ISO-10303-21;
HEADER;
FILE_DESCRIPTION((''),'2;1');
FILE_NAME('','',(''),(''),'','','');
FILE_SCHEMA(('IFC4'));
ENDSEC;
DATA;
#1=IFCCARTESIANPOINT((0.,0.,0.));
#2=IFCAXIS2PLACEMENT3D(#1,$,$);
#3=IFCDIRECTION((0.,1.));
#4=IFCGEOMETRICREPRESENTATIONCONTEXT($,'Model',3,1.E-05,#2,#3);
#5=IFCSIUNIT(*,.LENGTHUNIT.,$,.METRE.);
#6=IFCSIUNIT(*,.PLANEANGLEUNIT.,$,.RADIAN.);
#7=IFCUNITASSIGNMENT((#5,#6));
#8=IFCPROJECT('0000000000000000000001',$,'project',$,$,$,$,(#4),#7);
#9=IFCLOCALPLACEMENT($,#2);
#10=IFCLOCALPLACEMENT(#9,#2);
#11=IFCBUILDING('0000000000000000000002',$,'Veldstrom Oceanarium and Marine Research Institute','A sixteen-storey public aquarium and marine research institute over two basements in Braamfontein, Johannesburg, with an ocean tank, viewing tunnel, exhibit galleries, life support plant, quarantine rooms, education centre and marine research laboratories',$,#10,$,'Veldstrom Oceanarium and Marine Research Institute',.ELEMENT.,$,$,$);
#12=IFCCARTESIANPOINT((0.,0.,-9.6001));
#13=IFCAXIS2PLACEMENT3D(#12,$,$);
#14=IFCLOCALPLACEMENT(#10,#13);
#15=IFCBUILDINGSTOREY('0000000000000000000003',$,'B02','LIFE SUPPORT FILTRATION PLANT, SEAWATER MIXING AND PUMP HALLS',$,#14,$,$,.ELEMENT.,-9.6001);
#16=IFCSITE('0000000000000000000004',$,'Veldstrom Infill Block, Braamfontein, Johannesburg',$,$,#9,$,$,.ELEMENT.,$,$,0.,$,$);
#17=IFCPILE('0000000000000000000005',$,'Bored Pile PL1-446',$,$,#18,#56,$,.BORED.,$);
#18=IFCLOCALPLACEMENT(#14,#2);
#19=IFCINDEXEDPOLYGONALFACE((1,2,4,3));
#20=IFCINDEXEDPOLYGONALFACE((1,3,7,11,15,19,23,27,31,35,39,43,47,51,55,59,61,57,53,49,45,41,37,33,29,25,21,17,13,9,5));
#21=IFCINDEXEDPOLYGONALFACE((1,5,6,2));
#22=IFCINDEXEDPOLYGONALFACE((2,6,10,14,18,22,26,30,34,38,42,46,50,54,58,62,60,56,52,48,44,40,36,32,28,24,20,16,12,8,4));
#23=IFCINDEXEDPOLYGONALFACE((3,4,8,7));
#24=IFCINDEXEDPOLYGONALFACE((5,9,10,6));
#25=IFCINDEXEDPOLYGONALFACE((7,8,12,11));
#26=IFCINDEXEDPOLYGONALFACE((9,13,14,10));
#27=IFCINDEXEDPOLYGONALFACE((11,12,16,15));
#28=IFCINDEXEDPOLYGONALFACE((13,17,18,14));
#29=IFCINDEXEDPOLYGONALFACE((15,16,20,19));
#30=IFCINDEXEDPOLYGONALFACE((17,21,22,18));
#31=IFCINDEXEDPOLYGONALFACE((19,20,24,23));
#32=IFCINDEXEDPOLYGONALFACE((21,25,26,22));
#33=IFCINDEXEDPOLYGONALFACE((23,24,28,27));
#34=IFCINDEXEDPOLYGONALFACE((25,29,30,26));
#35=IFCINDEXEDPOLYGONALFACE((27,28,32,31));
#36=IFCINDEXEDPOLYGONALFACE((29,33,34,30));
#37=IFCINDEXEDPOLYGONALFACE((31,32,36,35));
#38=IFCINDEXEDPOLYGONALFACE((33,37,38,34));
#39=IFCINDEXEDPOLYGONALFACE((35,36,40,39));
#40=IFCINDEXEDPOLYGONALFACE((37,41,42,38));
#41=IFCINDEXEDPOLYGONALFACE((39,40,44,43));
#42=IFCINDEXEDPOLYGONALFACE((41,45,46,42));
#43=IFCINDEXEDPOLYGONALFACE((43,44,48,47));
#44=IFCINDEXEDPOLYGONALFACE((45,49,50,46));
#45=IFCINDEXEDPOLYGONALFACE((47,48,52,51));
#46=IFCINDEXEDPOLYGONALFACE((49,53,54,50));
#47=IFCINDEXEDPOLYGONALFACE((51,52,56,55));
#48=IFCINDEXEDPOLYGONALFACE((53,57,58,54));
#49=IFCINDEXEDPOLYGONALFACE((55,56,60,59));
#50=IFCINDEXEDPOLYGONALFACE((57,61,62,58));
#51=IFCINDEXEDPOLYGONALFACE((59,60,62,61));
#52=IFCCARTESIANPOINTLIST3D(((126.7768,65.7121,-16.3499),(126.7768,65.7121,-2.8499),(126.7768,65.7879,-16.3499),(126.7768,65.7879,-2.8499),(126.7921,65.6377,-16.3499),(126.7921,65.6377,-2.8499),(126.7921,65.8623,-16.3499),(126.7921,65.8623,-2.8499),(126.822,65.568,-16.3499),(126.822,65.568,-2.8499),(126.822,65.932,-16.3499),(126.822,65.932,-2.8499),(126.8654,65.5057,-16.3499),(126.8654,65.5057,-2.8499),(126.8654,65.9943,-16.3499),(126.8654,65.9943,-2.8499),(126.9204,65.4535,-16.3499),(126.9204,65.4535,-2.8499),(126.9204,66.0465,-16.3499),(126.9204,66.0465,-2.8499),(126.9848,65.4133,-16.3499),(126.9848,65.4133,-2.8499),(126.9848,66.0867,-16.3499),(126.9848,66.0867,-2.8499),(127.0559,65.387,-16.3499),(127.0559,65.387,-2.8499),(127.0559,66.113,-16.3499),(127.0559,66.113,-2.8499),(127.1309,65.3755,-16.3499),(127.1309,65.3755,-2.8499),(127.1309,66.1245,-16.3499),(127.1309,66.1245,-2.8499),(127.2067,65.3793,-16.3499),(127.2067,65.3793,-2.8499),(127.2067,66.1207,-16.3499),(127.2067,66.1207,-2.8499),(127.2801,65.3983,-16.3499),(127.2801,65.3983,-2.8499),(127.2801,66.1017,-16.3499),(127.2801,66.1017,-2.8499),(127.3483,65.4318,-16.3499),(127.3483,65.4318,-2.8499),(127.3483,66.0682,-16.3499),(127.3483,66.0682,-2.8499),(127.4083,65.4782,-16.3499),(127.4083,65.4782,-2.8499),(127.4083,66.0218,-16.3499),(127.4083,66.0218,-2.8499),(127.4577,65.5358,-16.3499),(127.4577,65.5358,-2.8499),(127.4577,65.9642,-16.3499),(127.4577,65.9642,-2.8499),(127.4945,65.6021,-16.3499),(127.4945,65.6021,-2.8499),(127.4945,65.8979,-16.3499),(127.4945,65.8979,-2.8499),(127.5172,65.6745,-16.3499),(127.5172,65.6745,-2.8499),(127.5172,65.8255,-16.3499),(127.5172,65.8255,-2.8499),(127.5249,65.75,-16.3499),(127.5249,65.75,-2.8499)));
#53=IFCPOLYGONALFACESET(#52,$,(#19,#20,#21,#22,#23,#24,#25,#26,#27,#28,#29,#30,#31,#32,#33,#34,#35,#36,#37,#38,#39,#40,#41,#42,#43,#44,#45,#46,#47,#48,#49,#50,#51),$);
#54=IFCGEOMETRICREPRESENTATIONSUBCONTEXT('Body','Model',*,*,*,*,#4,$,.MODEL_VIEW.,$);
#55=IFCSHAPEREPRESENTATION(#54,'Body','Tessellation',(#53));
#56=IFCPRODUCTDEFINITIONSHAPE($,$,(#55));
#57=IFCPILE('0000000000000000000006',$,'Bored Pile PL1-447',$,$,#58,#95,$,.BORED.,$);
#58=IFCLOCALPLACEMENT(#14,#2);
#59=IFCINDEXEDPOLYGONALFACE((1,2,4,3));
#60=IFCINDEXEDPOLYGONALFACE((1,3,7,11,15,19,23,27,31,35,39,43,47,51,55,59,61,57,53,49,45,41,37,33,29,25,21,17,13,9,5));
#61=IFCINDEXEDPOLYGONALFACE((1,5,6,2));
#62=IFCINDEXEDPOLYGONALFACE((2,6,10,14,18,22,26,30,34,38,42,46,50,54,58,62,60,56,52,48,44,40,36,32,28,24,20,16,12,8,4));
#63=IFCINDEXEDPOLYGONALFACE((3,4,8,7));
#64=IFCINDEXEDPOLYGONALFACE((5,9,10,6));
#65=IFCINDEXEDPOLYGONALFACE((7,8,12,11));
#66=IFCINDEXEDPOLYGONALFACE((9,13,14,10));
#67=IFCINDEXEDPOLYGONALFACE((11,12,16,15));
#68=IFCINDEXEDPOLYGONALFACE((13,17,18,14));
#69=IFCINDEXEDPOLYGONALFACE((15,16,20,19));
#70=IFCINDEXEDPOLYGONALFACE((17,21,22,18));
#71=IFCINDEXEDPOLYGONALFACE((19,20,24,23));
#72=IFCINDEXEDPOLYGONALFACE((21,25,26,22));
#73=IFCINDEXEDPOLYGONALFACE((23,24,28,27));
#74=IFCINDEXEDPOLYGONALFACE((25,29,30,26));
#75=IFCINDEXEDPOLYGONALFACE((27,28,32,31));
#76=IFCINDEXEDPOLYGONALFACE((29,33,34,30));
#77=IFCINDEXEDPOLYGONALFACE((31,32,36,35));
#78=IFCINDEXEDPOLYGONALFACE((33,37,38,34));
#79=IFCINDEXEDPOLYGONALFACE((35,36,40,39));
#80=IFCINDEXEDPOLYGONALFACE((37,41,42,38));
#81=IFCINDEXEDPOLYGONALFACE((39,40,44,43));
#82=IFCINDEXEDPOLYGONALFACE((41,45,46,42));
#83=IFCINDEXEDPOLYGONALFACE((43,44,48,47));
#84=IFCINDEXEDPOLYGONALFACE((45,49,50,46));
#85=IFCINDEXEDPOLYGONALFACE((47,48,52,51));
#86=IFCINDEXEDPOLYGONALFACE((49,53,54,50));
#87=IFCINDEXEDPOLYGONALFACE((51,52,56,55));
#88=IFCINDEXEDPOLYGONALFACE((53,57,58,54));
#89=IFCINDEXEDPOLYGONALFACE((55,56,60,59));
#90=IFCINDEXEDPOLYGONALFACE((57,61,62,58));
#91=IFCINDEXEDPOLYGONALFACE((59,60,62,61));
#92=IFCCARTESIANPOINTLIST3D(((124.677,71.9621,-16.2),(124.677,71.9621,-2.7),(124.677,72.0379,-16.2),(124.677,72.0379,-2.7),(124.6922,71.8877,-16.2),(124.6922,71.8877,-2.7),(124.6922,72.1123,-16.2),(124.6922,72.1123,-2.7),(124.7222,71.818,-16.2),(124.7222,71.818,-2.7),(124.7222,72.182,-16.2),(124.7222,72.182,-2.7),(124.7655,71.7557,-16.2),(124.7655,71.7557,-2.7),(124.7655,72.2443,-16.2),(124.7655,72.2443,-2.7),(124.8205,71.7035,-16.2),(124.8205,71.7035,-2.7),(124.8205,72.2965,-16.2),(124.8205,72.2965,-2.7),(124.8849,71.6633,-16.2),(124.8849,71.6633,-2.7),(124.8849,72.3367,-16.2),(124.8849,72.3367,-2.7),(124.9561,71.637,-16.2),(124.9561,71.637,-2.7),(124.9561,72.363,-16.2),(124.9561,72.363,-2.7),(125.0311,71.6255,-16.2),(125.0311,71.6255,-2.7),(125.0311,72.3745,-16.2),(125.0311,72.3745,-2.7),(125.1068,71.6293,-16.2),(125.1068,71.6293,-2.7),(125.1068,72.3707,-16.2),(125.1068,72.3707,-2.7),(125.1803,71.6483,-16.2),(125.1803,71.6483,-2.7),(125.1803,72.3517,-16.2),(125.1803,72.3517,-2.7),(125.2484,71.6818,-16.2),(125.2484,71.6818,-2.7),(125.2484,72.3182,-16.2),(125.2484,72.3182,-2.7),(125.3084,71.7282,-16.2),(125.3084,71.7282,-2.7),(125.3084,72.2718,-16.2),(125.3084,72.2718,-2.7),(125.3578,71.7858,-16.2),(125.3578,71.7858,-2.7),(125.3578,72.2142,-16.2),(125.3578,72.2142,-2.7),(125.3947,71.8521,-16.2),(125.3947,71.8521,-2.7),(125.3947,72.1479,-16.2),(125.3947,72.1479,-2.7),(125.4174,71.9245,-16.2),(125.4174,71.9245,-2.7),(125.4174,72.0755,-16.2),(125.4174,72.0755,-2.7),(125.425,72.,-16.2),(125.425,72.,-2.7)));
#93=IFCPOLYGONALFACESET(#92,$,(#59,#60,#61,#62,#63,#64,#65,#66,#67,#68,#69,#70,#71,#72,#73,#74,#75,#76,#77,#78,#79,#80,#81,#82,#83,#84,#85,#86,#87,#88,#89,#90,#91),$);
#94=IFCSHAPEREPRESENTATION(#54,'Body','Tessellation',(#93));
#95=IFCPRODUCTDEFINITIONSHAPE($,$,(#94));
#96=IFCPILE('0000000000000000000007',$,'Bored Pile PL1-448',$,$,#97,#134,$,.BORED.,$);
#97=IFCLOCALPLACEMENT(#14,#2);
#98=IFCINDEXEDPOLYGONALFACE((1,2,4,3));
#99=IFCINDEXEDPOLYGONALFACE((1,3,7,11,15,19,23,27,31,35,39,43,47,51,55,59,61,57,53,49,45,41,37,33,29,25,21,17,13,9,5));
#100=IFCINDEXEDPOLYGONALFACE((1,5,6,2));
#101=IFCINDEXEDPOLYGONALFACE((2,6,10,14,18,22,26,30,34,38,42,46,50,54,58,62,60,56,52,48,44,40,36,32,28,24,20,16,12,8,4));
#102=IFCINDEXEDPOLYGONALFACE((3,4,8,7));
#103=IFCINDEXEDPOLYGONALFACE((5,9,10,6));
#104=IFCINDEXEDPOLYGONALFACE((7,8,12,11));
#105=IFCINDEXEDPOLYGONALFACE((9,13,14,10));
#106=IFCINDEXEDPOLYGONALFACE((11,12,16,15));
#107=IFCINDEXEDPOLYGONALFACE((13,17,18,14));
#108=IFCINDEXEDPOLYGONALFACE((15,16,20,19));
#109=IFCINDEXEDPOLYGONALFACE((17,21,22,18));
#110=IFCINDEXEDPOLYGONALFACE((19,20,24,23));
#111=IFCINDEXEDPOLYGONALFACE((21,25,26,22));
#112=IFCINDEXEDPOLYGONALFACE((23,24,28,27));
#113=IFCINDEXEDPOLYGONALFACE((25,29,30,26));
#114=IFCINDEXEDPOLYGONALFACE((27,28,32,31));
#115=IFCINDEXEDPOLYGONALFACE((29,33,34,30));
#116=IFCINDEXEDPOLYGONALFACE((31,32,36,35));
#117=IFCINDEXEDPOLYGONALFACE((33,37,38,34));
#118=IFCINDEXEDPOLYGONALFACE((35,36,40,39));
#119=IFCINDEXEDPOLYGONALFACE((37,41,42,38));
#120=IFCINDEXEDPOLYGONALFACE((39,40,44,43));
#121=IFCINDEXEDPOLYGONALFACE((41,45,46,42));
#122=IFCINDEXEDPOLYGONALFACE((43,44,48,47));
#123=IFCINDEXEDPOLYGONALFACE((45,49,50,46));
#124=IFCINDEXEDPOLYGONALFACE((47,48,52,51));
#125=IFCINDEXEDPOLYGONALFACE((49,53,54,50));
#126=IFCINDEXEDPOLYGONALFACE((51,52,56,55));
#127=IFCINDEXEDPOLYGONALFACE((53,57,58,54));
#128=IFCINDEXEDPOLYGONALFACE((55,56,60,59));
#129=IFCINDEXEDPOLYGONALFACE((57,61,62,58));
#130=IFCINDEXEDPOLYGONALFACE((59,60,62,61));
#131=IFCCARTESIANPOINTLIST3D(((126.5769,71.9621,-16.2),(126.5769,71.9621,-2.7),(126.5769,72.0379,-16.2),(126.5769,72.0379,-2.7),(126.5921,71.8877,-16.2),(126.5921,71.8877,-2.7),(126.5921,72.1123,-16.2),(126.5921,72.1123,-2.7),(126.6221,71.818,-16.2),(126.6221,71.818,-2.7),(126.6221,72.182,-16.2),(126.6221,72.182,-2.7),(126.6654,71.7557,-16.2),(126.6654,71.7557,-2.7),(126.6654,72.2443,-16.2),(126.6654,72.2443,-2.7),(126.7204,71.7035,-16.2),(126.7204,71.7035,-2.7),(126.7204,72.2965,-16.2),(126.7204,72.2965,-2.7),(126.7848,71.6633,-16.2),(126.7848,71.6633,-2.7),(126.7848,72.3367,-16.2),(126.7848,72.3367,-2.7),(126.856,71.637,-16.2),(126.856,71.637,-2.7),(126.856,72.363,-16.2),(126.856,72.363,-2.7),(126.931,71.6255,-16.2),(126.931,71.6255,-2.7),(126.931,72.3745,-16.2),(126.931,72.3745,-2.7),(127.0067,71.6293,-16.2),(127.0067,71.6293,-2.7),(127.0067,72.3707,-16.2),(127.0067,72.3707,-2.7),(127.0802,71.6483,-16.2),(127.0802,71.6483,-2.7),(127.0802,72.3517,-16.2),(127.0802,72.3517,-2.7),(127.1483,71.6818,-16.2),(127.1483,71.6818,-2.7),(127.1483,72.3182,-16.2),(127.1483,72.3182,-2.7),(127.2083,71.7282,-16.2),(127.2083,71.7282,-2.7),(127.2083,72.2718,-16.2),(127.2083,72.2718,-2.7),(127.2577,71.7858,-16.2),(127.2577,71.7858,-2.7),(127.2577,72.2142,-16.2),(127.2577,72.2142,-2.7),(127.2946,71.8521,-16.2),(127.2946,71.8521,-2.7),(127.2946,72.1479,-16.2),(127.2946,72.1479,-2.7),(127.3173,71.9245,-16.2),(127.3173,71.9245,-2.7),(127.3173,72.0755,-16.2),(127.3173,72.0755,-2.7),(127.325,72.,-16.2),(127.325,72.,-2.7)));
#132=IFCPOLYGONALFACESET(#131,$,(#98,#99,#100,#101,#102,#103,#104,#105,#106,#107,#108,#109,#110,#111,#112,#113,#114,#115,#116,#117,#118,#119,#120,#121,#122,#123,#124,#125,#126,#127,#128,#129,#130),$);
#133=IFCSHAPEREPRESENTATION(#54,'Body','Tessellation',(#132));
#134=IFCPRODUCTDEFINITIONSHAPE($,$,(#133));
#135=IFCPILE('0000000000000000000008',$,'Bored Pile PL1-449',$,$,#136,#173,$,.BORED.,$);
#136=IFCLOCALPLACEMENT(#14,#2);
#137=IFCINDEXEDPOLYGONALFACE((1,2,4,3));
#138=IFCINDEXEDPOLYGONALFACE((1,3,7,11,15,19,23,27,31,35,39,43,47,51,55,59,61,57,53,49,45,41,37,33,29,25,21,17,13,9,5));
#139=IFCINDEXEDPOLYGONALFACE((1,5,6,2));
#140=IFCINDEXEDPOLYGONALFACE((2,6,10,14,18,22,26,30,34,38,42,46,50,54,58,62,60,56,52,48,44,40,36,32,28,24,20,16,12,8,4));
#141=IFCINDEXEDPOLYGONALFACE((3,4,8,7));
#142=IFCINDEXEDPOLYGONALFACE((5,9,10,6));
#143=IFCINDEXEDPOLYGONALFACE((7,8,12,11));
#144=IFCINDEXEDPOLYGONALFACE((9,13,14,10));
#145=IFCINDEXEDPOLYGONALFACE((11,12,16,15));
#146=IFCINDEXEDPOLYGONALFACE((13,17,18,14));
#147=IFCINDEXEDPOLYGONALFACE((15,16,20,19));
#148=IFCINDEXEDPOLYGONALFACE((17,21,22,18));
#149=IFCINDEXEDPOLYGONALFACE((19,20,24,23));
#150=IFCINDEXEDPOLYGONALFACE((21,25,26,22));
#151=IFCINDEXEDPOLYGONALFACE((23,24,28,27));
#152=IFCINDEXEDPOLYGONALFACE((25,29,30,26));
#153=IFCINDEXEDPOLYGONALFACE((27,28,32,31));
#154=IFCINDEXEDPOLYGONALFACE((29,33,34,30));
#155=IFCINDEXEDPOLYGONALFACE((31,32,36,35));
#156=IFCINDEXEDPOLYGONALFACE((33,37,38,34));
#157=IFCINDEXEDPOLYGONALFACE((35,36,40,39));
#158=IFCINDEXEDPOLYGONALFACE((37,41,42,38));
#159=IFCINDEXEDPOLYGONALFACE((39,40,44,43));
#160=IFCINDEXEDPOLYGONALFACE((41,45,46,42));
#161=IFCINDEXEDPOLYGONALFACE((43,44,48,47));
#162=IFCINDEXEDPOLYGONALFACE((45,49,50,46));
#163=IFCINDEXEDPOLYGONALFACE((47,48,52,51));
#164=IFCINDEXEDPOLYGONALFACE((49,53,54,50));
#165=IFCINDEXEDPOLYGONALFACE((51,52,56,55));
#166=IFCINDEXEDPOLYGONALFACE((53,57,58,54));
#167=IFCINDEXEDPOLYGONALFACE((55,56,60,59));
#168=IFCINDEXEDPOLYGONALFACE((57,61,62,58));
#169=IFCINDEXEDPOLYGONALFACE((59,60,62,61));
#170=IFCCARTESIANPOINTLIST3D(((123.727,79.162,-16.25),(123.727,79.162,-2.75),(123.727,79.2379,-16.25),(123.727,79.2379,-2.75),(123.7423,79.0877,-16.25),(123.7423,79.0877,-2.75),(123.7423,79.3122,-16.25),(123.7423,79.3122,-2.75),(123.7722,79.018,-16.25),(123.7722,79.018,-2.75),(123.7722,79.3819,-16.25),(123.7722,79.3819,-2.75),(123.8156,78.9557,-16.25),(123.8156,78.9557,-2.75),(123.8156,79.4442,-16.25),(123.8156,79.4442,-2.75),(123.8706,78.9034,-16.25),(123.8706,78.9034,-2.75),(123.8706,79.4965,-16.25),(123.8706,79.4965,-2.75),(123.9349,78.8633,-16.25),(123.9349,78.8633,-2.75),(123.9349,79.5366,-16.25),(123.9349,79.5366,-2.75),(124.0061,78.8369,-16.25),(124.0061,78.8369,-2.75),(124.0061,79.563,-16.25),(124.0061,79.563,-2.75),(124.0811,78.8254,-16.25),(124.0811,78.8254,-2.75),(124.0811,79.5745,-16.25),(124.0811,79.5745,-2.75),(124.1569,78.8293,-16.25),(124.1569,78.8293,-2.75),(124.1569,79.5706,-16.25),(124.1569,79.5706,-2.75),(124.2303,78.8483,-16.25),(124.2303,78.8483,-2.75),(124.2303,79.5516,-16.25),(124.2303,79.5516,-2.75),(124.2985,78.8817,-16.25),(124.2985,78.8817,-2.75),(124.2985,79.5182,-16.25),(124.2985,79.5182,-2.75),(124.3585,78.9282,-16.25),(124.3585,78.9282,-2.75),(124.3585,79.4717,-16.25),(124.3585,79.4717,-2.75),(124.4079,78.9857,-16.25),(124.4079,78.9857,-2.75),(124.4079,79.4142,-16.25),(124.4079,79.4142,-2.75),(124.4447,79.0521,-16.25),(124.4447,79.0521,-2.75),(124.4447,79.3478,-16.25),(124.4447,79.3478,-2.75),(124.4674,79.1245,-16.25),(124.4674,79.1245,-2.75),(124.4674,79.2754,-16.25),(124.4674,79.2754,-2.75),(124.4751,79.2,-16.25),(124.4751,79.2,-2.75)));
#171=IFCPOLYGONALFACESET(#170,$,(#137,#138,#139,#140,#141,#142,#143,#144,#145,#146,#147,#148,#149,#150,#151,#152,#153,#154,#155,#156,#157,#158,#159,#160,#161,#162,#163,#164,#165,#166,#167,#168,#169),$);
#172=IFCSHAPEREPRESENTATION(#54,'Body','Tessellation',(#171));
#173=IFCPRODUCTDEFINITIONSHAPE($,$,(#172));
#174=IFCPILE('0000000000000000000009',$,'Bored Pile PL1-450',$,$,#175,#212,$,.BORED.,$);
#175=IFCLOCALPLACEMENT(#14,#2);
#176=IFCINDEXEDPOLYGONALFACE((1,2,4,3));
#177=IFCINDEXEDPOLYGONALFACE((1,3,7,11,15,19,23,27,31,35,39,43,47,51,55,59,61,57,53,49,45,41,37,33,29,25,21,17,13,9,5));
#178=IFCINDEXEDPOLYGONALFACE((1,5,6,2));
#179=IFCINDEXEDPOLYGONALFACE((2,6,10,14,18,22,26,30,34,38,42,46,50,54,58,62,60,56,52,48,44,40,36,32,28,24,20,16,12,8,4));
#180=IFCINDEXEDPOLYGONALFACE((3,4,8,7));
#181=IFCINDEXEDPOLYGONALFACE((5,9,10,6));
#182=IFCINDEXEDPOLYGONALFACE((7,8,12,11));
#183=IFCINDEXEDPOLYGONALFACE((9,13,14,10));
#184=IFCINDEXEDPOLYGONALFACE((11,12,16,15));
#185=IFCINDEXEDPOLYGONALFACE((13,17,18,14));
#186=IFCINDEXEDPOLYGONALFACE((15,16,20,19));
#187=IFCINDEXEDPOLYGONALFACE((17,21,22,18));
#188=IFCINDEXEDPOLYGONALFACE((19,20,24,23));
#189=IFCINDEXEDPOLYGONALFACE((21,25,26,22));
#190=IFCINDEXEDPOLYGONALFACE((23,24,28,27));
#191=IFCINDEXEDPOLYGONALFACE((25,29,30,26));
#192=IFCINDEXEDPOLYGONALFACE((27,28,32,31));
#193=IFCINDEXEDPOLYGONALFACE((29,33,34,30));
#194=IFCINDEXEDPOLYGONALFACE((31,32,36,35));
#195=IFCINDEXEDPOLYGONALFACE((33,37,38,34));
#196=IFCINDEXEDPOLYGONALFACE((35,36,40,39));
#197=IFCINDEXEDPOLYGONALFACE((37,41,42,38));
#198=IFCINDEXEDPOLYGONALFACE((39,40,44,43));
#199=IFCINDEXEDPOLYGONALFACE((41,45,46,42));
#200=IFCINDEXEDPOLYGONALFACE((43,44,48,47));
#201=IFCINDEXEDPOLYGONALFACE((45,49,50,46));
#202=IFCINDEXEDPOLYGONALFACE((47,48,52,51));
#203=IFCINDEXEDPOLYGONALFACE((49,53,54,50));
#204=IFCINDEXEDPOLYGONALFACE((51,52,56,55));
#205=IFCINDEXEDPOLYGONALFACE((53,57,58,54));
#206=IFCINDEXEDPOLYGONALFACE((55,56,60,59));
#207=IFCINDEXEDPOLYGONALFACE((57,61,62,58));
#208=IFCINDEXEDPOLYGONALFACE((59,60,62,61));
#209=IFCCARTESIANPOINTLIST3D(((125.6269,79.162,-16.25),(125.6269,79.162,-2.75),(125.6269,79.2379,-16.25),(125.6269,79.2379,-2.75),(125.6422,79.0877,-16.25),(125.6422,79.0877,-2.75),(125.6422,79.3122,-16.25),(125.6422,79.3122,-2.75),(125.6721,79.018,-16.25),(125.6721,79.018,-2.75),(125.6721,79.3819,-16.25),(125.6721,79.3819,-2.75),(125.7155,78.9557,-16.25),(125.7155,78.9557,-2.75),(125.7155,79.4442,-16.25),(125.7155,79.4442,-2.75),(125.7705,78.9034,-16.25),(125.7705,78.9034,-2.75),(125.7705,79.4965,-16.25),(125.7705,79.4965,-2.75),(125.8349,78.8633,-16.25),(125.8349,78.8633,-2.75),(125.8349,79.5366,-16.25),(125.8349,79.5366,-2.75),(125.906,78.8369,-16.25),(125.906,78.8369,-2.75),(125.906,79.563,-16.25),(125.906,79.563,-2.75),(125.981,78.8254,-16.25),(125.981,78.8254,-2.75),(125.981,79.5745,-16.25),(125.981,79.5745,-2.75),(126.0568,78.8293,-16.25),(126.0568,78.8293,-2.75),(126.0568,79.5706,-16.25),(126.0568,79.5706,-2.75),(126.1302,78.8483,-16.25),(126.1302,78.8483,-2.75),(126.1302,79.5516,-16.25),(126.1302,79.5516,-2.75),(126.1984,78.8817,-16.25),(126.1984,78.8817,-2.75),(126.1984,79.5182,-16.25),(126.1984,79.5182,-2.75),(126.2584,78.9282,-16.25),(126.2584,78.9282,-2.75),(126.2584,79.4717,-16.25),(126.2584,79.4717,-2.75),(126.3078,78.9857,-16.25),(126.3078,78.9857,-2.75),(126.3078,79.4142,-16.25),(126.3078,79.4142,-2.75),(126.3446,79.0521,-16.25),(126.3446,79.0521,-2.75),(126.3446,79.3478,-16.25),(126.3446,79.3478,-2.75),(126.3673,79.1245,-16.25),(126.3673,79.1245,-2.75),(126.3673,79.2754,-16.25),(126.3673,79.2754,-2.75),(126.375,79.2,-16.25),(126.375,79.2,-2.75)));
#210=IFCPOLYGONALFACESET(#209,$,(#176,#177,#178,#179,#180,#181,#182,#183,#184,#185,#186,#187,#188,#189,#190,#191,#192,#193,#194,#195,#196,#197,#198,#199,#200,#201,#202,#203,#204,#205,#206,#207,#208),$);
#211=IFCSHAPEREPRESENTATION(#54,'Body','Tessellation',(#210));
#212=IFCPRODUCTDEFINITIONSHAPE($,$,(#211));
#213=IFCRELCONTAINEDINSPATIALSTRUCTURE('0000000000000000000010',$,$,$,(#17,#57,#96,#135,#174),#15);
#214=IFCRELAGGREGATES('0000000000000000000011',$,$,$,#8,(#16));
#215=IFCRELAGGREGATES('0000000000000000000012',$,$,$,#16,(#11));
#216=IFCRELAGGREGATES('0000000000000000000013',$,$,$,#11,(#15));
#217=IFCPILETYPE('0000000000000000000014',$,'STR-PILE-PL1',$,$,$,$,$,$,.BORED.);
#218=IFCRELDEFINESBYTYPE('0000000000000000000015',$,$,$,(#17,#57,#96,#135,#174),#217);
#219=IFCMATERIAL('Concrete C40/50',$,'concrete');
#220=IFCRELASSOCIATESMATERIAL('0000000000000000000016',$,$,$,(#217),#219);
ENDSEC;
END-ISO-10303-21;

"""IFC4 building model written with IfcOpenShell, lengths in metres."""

from ifc_helpers import new_model, si_unit, direction, frame, origin, origin_2d, place, context, subcontext, project, spatial, circle, extrude, material, material_profile, profile_set, type_object, element, save


model = new_model("IFC4")

# Units and contexts
model_context = context("Model", 3, precision=1e-05, world=origin(), true_north=direction((0.0, 1.0)))
body_context = subcontext(model_context, "Body", "Model", "MODEL_VIEW")
ifc_project = project(units=[si_unit("LENGTHUNIT", "METRE"), si_unit("PLANEANGLEUNIT", "RADIAN")], contexts=[model_context])

# Site, building, storey
site_placement = place(None, origin())
site = spatial("IfcSite", under=ifc_project, at=site_placement, Name="Veldstrom Infill Block, Braamfontein, Johannesburg", CompositionType="ELEMENT", RefElevation=0.0)
building_placement = place(site_placement, origin())
building = spatial("IfcBuilding", under=site, at=building_placement, Name="Veldstrom Oceanarium and Marine Research Institute", Description="A sixteen-storey public aquarium and marine research institute over two basements in Braamfontein, Johannesburg, with an ocean tank, viewing tunnel, exhibit galleries, life support plant, quarantine rooms, education centre and marine research laboratories", LongName="Veldstrom Oceanarium and Marine Research Institute", CompositionType="ELEMENT")
storey_placement = place(building_placement, frame((0.0, 0.0, -9.6001)))
storey = spatial("IfcBuildingStorey", under=building, at=storey_placement, Name="B02", Description="LIFE SUPPORT FILTRATION PLANT, SEAWATER MIXING AND PUMP HALLS", CompositionType="ELEMENT", Elevation=-9.6001)

# Piles
ifc_material_1 = material(Name="Concrete C40/50", Category="concrete")
ifc_material_profile_1 = material_profile(ifc_material_1, circle(Radius=0.375, at=origin_2d()), Name="PILE-D750")
ifc_profile_set_1 = profile_set([ifc_material_profile_1], Name="Concrete C40/50")
pile_type_1 = type_object("IfcPileType", Name="STR-PILE-PL1", PredefinedType="BORED", material=ifc_profile_set_1)
for number, where, z_axis, x_axis, name in (
    (1, (127.1499, 65.75, -2.8499), (0.0, 0.0, -1.0), (1.0, 0.0, 0.0), "Bored Pile PL1-446"),
    (2, (125.05, 72.0, -2.7), (0.0, 0.0, -1.0), (1.0, 0.0, 0.0), "Bored Pile PL1-447"),
    (3, (126.95, 72.0, -2.7), (0.0, 0.0, -1.0), (1.0, 0.0, 0.0), "Bored Pile PL1-448"),
    (4, (124.1001, 79.2, -2.75), (0.0, 0.0, -1.0), (1.0, 0.0, 0.0), "Bored Pile PL1-449"),
    (5, (126.0, 79.2, -2.75), (0.0, 0.0, -1.0), (1.0, 0.0, 0.0), "Bored Pile PL1-450"),
):
    element("IfcPile", number, at=place(storey_placement, frame(where, z_axis=z_axis, x_axis=x_axis)), inside=storey, type_object=pile_type_1, Name=name, PredefinedType="BORED", context=body_context, shape_type="SweptSolid", body=[
        extrude(circle(Radius=0.375, at=origin_2d()), origin(), (0.0, 0.0, 1.0), 13.5),
    ])

save(model, "model.ifc")
